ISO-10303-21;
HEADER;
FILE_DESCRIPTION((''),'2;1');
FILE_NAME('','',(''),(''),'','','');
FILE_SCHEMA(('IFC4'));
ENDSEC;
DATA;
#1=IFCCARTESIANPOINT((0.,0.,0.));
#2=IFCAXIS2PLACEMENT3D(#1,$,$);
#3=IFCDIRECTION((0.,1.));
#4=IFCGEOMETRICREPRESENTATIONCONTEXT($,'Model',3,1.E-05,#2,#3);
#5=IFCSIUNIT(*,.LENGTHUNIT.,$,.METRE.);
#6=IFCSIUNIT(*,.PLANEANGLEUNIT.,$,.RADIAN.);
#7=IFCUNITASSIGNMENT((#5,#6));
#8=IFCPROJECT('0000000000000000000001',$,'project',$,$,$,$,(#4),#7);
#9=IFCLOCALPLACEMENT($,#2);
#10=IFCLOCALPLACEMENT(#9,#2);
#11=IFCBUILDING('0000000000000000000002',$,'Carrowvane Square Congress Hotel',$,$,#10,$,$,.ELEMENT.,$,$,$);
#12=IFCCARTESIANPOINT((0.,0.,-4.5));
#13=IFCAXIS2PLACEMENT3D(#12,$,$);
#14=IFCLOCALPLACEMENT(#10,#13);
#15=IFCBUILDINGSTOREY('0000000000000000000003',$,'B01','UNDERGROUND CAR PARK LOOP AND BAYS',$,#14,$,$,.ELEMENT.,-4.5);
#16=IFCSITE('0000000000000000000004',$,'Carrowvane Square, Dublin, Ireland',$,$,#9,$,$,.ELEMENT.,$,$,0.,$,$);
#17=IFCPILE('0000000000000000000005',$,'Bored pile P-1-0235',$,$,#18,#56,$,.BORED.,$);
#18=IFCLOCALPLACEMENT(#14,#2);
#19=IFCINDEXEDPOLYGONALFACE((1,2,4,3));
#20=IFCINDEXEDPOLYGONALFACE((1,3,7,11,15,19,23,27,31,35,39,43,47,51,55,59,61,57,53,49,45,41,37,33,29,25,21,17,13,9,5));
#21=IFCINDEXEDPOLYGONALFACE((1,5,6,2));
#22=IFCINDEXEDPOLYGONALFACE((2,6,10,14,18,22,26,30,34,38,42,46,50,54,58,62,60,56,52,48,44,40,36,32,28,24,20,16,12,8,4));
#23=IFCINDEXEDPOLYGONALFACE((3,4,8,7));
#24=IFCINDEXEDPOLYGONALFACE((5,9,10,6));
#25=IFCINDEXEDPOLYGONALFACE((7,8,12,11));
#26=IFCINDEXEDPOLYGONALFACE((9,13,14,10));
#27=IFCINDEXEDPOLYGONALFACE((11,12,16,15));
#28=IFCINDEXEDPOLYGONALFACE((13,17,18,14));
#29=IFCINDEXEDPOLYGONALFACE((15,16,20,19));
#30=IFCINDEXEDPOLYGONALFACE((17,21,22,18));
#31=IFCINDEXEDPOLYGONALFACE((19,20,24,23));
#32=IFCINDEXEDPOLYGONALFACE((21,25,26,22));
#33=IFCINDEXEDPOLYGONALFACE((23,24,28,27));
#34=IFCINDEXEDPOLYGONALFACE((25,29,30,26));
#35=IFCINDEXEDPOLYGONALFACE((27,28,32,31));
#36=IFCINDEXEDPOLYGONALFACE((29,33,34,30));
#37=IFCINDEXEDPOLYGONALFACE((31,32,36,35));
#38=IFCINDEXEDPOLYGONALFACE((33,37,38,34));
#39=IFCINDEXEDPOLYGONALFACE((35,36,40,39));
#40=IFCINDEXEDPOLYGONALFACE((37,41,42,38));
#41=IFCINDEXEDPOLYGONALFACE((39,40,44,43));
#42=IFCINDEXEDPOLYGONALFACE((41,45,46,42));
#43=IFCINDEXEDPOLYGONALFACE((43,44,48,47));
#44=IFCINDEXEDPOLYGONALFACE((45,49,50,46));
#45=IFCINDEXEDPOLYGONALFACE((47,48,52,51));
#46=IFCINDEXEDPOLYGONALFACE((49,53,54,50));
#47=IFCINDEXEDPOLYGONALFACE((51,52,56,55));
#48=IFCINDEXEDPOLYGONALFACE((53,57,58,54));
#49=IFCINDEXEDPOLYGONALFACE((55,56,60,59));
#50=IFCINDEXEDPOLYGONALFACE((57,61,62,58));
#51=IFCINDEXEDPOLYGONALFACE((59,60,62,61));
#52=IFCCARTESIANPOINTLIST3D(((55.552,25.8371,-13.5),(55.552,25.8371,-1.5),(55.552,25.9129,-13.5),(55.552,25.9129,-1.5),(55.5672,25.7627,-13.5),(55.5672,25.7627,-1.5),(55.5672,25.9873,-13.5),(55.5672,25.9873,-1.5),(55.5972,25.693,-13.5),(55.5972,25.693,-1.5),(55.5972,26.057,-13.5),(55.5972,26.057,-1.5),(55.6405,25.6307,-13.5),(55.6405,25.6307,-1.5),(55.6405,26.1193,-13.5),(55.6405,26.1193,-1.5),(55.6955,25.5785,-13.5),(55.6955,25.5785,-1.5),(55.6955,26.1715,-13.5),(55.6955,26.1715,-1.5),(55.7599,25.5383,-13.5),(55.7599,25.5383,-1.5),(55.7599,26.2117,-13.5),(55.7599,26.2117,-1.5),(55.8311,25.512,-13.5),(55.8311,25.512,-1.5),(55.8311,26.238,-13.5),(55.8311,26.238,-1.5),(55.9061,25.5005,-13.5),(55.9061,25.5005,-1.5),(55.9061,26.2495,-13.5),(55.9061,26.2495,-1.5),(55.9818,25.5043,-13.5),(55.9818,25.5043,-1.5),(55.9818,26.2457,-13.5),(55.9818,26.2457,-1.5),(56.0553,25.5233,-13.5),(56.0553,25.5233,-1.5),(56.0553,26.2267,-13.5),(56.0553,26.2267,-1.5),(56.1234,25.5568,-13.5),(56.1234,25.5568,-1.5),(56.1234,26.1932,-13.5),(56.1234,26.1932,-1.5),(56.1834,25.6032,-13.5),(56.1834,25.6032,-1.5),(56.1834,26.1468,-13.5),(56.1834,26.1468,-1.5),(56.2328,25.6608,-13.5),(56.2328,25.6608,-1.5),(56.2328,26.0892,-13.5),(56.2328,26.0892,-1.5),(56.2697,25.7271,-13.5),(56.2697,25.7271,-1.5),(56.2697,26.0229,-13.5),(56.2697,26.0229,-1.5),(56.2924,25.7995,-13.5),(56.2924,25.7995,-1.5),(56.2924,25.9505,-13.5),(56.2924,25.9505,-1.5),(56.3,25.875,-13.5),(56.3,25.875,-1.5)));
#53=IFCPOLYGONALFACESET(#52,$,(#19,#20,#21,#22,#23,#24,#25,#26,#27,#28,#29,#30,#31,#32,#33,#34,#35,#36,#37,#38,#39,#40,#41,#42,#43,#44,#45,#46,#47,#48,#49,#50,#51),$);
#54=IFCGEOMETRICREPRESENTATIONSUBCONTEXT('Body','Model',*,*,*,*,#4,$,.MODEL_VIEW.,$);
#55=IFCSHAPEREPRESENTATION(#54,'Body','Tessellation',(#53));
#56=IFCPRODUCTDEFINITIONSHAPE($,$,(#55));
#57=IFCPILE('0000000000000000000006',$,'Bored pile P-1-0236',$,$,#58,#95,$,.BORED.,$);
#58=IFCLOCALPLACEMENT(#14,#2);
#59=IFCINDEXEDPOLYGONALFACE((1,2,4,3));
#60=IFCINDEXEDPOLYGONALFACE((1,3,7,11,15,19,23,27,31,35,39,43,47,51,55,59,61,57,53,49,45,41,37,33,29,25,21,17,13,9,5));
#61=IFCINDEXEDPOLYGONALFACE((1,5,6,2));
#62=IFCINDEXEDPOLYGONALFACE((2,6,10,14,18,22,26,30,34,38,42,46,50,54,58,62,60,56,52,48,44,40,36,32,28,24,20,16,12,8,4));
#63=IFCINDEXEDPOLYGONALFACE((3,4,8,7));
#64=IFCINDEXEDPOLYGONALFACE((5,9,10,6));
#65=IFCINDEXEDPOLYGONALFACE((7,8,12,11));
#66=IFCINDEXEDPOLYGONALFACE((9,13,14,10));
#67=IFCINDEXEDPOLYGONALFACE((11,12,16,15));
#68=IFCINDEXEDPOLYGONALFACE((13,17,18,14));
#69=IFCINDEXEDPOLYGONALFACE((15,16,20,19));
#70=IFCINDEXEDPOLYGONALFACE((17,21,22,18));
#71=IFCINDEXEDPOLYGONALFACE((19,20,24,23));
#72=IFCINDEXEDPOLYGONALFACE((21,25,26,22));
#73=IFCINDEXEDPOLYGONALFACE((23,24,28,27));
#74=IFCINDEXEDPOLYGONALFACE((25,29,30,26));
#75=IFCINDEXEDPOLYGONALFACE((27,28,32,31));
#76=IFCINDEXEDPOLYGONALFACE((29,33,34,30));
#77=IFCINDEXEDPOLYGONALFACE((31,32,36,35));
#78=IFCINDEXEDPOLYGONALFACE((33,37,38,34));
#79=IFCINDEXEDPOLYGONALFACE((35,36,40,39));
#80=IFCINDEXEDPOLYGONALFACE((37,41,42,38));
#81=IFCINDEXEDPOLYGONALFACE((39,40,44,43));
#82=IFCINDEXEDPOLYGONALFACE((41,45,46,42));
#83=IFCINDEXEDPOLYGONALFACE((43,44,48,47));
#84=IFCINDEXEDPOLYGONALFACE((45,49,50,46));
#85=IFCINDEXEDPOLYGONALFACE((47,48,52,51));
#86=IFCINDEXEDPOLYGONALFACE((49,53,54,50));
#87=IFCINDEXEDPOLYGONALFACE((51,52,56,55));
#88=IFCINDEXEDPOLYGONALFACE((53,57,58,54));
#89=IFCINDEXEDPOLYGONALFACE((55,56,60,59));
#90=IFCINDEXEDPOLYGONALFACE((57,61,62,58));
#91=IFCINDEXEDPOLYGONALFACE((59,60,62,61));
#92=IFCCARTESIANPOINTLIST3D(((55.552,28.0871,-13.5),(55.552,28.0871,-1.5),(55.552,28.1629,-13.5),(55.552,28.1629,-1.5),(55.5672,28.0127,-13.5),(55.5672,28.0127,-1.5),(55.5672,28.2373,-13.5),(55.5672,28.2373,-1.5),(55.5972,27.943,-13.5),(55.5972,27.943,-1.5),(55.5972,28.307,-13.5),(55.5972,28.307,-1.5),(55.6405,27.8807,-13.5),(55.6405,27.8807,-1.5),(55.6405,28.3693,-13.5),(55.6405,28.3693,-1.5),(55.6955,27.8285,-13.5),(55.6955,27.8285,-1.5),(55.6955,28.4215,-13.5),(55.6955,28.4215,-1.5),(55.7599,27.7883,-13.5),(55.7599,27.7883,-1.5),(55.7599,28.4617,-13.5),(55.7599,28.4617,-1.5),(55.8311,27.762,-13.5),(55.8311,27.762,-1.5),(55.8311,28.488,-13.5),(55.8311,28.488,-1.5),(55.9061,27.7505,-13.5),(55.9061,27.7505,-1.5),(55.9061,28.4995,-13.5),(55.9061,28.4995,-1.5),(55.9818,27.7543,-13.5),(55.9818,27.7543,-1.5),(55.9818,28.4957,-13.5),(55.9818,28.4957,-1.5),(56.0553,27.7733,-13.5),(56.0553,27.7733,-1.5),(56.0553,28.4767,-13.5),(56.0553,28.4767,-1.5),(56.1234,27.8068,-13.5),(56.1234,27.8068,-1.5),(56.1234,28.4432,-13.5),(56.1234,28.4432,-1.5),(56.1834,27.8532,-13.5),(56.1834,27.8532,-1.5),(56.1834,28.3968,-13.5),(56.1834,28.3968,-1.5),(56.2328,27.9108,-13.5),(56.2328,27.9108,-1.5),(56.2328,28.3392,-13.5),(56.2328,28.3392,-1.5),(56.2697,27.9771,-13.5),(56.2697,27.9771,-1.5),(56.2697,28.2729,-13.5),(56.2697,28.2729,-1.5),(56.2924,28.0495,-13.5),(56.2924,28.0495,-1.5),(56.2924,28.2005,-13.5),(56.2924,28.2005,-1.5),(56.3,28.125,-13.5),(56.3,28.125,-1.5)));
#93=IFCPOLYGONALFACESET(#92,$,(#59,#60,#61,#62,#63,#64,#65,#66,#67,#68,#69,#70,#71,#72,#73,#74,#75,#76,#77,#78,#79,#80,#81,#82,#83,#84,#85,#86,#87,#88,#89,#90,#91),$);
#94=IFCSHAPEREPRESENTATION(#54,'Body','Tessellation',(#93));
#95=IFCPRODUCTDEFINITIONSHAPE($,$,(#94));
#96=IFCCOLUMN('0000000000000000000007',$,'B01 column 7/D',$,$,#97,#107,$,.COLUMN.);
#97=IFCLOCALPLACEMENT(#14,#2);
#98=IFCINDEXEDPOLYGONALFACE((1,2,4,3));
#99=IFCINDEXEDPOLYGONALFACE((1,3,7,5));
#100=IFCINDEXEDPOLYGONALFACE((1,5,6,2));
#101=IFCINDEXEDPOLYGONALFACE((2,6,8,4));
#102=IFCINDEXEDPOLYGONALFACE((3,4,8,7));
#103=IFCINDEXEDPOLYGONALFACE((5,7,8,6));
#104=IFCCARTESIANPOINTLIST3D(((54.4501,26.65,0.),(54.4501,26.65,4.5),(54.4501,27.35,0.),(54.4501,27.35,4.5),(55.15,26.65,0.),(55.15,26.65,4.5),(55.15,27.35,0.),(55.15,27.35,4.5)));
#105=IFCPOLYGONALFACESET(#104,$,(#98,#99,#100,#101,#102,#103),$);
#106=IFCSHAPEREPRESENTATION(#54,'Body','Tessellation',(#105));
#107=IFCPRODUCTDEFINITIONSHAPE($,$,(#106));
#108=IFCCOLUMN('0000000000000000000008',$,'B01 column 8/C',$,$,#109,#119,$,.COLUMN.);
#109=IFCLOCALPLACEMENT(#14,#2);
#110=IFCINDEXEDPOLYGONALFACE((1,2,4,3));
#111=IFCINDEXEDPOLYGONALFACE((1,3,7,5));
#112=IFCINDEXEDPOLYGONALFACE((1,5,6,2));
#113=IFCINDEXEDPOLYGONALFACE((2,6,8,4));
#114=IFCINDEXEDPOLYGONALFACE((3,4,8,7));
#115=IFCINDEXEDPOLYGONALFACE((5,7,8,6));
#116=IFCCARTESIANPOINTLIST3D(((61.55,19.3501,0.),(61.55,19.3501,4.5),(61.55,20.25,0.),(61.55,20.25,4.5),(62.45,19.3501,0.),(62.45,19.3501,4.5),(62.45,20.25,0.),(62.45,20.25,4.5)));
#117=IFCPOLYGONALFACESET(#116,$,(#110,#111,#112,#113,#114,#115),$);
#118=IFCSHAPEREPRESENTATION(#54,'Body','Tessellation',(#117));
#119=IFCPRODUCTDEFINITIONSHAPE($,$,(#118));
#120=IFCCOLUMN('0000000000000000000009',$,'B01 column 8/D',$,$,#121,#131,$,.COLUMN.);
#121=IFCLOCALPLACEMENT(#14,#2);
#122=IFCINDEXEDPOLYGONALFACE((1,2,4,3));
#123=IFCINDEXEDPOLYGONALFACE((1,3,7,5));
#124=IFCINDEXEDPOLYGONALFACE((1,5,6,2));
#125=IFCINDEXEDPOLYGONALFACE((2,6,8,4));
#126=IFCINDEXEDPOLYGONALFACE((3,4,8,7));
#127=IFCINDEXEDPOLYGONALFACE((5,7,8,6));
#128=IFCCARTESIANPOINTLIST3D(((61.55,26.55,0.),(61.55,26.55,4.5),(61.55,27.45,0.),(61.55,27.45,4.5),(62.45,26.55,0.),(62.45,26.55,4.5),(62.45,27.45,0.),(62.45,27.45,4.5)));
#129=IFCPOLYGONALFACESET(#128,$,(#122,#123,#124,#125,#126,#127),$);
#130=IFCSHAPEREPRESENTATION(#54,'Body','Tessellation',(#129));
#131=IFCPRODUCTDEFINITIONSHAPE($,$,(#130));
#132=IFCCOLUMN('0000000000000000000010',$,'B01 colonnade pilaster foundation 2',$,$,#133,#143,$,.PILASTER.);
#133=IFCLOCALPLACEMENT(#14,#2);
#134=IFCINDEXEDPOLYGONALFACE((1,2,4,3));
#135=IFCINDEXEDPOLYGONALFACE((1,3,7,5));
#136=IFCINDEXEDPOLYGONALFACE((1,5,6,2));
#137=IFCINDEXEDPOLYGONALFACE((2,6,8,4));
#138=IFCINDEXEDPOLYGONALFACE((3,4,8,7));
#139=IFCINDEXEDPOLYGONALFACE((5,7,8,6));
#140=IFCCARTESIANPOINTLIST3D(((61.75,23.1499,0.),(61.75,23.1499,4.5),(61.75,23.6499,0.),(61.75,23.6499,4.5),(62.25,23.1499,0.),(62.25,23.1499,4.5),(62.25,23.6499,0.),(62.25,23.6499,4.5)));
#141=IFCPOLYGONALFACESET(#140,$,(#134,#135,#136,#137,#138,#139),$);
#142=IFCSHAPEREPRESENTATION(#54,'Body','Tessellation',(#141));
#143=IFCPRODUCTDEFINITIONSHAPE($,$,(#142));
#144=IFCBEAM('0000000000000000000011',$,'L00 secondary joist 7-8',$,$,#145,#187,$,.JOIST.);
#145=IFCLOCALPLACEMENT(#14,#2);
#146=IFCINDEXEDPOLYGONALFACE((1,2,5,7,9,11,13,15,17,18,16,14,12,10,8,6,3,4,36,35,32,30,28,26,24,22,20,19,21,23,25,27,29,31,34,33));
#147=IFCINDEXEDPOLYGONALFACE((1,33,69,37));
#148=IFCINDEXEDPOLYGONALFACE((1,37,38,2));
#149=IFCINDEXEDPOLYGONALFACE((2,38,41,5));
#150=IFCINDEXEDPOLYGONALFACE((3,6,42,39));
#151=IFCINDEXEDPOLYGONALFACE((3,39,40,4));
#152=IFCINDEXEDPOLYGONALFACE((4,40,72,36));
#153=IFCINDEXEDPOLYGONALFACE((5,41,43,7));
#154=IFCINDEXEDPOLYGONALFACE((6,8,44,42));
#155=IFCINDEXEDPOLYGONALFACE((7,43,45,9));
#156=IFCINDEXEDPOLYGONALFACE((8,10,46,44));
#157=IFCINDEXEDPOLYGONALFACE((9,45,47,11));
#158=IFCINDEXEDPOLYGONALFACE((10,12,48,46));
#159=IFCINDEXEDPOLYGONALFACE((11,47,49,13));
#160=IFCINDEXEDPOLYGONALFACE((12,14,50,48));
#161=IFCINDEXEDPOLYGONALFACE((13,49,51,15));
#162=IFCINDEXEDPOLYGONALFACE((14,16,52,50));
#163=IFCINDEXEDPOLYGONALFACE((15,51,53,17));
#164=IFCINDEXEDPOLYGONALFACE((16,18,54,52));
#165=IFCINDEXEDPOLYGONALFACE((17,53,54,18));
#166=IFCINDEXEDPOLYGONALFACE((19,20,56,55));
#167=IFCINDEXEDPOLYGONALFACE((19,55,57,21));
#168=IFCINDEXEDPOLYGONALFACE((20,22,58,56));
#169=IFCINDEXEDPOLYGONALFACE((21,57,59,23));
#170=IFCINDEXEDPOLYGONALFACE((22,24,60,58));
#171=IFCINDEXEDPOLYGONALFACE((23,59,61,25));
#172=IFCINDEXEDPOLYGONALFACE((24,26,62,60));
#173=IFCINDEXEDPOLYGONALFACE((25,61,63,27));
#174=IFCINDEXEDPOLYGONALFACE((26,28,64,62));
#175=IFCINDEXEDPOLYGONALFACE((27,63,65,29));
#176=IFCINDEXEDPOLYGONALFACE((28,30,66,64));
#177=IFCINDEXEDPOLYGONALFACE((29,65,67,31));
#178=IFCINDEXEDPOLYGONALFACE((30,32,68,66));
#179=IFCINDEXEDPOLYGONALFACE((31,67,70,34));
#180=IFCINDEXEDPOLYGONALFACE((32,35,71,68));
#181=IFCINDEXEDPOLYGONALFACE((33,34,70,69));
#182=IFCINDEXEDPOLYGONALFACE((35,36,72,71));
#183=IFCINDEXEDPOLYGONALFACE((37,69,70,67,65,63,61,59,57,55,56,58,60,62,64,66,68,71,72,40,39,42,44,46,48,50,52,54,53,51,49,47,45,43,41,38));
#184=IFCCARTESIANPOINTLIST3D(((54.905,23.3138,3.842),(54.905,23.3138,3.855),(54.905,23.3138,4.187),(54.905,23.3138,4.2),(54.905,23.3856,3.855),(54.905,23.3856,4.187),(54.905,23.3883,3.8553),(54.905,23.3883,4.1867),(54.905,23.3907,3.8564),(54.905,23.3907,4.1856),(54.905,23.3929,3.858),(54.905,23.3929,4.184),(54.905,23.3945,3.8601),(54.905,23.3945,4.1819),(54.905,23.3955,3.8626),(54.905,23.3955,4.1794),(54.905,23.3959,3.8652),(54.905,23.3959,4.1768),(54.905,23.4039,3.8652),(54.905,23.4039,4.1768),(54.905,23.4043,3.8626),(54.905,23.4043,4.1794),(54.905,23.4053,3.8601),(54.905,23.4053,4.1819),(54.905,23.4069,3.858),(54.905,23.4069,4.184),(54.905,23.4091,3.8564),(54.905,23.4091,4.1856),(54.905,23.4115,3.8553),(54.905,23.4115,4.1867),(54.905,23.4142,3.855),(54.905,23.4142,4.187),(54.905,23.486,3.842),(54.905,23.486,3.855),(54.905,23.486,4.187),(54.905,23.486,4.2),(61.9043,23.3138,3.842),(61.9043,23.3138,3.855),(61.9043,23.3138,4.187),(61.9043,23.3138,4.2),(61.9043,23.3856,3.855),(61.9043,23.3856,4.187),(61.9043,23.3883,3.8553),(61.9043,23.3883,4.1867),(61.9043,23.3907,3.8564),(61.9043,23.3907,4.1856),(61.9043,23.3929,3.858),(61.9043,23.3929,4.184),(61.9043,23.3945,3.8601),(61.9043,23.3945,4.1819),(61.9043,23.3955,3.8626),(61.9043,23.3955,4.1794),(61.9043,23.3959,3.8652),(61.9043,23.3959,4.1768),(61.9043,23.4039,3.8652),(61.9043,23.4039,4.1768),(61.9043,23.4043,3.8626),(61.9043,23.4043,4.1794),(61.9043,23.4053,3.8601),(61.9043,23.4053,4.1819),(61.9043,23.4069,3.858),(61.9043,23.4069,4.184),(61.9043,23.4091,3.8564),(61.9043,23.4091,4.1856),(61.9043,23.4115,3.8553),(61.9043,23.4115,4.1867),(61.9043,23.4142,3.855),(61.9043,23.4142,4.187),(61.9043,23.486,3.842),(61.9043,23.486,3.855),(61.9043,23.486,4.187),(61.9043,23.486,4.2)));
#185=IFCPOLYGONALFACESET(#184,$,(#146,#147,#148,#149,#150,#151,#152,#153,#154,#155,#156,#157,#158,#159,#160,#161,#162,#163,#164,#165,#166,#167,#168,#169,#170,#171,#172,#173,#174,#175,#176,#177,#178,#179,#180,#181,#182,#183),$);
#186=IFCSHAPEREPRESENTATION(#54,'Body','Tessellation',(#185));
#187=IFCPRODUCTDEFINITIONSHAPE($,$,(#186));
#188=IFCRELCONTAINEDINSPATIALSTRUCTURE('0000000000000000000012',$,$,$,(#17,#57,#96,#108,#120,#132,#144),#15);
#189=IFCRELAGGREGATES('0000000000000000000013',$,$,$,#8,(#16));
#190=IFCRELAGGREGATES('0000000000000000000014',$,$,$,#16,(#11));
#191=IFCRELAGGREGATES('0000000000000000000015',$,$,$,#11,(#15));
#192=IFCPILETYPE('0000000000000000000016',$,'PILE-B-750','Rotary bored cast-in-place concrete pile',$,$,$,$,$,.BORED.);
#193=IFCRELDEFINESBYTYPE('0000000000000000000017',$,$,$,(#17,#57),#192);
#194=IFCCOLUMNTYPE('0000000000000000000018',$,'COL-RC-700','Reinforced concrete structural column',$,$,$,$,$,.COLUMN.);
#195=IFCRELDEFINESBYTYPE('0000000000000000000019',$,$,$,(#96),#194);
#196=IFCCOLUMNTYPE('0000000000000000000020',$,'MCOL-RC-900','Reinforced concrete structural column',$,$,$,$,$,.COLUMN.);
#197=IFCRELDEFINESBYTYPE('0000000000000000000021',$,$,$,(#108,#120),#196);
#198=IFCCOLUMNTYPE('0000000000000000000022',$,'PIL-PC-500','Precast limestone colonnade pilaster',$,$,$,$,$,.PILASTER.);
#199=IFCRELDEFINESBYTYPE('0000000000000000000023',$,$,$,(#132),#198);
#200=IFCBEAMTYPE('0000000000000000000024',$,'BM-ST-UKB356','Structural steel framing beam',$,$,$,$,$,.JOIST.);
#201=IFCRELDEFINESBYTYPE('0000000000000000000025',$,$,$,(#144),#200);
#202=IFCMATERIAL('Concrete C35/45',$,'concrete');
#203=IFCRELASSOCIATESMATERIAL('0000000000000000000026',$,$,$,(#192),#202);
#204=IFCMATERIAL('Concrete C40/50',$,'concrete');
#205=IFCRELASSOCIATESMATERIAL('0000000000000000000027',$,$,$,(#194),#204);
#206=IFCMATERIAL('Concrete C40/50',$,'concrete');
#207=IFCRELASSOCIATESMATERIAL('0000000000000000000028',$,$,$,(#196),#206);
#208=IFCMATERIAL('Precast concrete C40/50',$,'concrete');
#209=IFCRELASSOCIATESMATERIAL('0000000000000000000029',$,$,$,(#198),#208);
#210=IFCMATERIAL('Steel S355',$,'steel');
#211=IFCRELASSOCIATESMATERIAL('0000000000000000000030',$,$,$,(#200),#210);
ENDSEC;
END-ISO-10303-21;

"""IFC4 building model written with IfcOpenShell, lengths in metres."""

from ifc_helpers import new_model, si_unit, direction, frame, origin, origin_2d, place, context, subcontext, project, spatial, rectangle, circle, i_section, extrude, material, material_profile, profile_set, type_object, element, save


model = new_model("IFC4")

# Units and contexts
model_context = context("Model", 3, precision=1e-05, world=origin(), true_north=direction((0.0, 1.0)))
body_context = subcontext(model_context, "Body", "Model", "MODEL_VIEW")
ifc_project = project(units=[si_unit("LENGTHUNIT", "METRE"), si_unit("PLANEANGLEUNIT", "RADIAN")], contexts=[model_context])

# Site, building, storey
site_placement = place(None, origin())
site = spatial("IfcSite", under=ifc_project, at=site_placement, Name="Carrowvane Square, Dublin, Ireland", CompositionType="ELEMENT", RefElevation=0.0)
building_placement = place(site_placement, origin())
building = spatial("IfcBuilding", under=site, at=building_placement, Name="Carrowvane Square Congress Hotel", CompositionType="ELEMENT")
storey_placement = place(building_placement, frame((0.0, 0.0, -4.5)))
storey = spatial("IfcBuildingStorey", under=building, at=storey_placement, Name="B01", Description="UNDERGROUND CAR PARK LOOP AND BAYS", CompositionType="ELEMENT", Elevation=-4.5)

# Piles
ifc_material_1 = material(Name="Concrete C35/45", Category="concrete")
ifc_material_profile_1 = material_profile(ifc_material_1, circle(Radius=0.375, at=origin_2d()), Name="PILE D750")
ifc_profile_set_1 = profile_set([ifc_material_profile_1], Name="Concrete C35/45")
pile_type_1 = type_object("IfcPileType", Name="PILE-B-750", Description="Rotary bored cast-in-place concrete pile", PredefinedType="BORED", material=ifc_profile_set_1)
for number, where, z_axis, x_axis, name in (
    (1, (55.925, 25.875, -1.5), (0.0, 0.0, -1.0), (1.0, 0.0, 0.0), "Bored pile P-1-0235"),
    (2, (55.925, 28.125, -1.5), (0.0, 0.0, -1.0), (1.0, 0.0, 0.0), "Bored pile P-1-0236"),
):
    element("IfcPile", number, at=place(storey_placement, frame(where, z_axis=z_axis, x_axis=x_axis)), inside=storey, type_object=pile_type_1, Name=name, PredefinedType="BORED", context=body_context, shape_type="SweptSolid", body=[
        extrude(circle(Radius=0.375, at=origin_2d()), origin(), (0.0, 0.0, 1.0), 12.0),
    ])

# Columns
ifc_material_2 = material(Name="Concrete C40/50", Category="concrete")
ifc_material_profile_2 = material_profile(ifc_material_2, rectangle(XDim=0.7, YDim=0.7, at=origin_2d()), Name="RC 700x700")
ifc_profile_set_2 = profile_set([ifc_material_profile_2], Name="Concrete C40/50")
column_type_1 = type_object("IfcColumnType", Name="COL-RC-700", Description="Reinforced concrete structural column", PredefinedType="COLUMN", material=ifc_profile_set_2)
column_1_placement = place(storey_placement, frame((54.8, 27.0, 0.0), z_axis=(0.0, 0.0, 1.0), x_axis=(1.0, 0.0, 0.0)))
element("IfcColumn", 3, at=column_1_placement, inside=storey, type_object=column_type_1, Name="B01 column 7/D", PredefinedType="COLUMN", context=body_context, shape_type="SweptSolid", body=[
    extrude(rectangle(XDim=0.7, YDim=0.7, at=origin_2d()), origin(), (0.0, 0.0, 1.0), 4.5),
])
ifc_material_3 = material(Name="Concrete C40/50", Category="concrete")
ifc_material_profile_3 = material_profile(ifc_material_3, rectangle(XDim=0.8999, YDim=0.8999, at=origin_2d()), Name="RC 900x900")
ifc_profile_set_3 = profile_set([ifc_material_profile_3], Name="Concrete C40/50")
column_type_2 = type_object("IfcColumnType", Name="MCOL-RC-900", Description="Reinforced concrete structural column", PredefinedType="COLUMN", material=ifc_profile_set_3)
for number, where, z_axis, x_axis, name in (
    (4, (62.0, 19.8, 0.0), (0.0, 0.0, 1.0), (1.0, 0.0, 0.0), "B01 column 8/C"),
    (5, (62.0, 27.0, 0.0), (0.0, 0.0, 1.0), (1.0, 0.0, 0.0), "B01 column 8/D"),
):
    element("IfcColumn", number, at=place(storey_placement, frame(where, z_axis=z_axis, x_axis=x_axis)), inside=storey, type_object=column_type_2, Name=name, PredefinedType="COLUMN", context=body_context, shape_type="SweptSolid", body=[
        extrude(rectangle(XDim=0.8999, YDim=0.8999, at=origin_2d()), origin(), (0.0, 0.0, 1.0), 4.5),
    ])
ifc_material_4 = material(Name="Precast concrete C40/50", Category="concrete")
ifc_material_profile_4 = material_profile(ifc_material_4, rectangle(XDim=0.5, YDim=0.5, at=origin_2d()), Name="RC 500x500")
ifc_profile_set_4 = profile_set([ifc_material_profile_4], Name="Precast concrete C40/50")
column_type_3 = type_object("IfcColumnType", Name="PIL-PC-500", Description="Precast limestone colonnade pilaster", PredefinedType="PILASTER", material=ifc_profile_set_4)
column_2_placement = place(storey_placement, frame((62.0, 23.3999, 0.0), z_axis=(0.0, 0.0, 1.0), x_axis=(1.0, 0.0, 0.0)))
element("IfcColumn", 6, at=column_2_placement, inside=storey, type_object=column_type_3, Name="B01 colonnade pilaster foundation 2", PredefinedType="PILASTER", context=body_context, shape_type="SweptSolid", body=[
    extrude(rectangle(XDim=0.5, YDim=0.5, at=origin_2d()), origin(), (0.0, 0.0, 1.0), 4.5),
])

# Beam
ifc_material_5 = material(Name="Steel S355", Category="steel")
ifc_material_profile_5 = material_profile(ifc_material_5, i_section(OverallWidth=0.1721, OverallDepth=0.3579, WebThickness=0.0081, FlangeThickness=0.0129, FilletRadius=0.0103, at=origin_2d()), Name="UKB 356x171x57")
ifc_profile_set_5 = profile_set([ifc_material_profile_5], Name="Steel S355")
beam_type_1 = type_object("IfcBeamType", Name="BM-ST-UKB356", Description="Structural steel framing beam", PredefinedType="JOIST", material=ifc_profile_set_5)
beam_1_placement = place(storey_placement, frame((54.905, 23.3999, 4.021), z_axis=(1.0, 0.0, 0.0), x_axis=(0.0, 1.0, 0.0)))
element("IfcBeam", 7, at=beam_1_placement, inside=storey, type_object=beam_type_1, Name="L00 secondary joist 7-8", PredefinedType="JOIST", context=body_context, shape_type="SweptSolid", body=[
    extrude(i_section(OverallWidth=0.1721, OverallDepth=0.3579, WebThickness=0.0081, FlangeThickness=0.0129, FilletRadius=0.0103, at=origin_2d()), origin(), (0.0, 0.0, 1.0), 6.9993),
])

save(model, "model.ifc")
